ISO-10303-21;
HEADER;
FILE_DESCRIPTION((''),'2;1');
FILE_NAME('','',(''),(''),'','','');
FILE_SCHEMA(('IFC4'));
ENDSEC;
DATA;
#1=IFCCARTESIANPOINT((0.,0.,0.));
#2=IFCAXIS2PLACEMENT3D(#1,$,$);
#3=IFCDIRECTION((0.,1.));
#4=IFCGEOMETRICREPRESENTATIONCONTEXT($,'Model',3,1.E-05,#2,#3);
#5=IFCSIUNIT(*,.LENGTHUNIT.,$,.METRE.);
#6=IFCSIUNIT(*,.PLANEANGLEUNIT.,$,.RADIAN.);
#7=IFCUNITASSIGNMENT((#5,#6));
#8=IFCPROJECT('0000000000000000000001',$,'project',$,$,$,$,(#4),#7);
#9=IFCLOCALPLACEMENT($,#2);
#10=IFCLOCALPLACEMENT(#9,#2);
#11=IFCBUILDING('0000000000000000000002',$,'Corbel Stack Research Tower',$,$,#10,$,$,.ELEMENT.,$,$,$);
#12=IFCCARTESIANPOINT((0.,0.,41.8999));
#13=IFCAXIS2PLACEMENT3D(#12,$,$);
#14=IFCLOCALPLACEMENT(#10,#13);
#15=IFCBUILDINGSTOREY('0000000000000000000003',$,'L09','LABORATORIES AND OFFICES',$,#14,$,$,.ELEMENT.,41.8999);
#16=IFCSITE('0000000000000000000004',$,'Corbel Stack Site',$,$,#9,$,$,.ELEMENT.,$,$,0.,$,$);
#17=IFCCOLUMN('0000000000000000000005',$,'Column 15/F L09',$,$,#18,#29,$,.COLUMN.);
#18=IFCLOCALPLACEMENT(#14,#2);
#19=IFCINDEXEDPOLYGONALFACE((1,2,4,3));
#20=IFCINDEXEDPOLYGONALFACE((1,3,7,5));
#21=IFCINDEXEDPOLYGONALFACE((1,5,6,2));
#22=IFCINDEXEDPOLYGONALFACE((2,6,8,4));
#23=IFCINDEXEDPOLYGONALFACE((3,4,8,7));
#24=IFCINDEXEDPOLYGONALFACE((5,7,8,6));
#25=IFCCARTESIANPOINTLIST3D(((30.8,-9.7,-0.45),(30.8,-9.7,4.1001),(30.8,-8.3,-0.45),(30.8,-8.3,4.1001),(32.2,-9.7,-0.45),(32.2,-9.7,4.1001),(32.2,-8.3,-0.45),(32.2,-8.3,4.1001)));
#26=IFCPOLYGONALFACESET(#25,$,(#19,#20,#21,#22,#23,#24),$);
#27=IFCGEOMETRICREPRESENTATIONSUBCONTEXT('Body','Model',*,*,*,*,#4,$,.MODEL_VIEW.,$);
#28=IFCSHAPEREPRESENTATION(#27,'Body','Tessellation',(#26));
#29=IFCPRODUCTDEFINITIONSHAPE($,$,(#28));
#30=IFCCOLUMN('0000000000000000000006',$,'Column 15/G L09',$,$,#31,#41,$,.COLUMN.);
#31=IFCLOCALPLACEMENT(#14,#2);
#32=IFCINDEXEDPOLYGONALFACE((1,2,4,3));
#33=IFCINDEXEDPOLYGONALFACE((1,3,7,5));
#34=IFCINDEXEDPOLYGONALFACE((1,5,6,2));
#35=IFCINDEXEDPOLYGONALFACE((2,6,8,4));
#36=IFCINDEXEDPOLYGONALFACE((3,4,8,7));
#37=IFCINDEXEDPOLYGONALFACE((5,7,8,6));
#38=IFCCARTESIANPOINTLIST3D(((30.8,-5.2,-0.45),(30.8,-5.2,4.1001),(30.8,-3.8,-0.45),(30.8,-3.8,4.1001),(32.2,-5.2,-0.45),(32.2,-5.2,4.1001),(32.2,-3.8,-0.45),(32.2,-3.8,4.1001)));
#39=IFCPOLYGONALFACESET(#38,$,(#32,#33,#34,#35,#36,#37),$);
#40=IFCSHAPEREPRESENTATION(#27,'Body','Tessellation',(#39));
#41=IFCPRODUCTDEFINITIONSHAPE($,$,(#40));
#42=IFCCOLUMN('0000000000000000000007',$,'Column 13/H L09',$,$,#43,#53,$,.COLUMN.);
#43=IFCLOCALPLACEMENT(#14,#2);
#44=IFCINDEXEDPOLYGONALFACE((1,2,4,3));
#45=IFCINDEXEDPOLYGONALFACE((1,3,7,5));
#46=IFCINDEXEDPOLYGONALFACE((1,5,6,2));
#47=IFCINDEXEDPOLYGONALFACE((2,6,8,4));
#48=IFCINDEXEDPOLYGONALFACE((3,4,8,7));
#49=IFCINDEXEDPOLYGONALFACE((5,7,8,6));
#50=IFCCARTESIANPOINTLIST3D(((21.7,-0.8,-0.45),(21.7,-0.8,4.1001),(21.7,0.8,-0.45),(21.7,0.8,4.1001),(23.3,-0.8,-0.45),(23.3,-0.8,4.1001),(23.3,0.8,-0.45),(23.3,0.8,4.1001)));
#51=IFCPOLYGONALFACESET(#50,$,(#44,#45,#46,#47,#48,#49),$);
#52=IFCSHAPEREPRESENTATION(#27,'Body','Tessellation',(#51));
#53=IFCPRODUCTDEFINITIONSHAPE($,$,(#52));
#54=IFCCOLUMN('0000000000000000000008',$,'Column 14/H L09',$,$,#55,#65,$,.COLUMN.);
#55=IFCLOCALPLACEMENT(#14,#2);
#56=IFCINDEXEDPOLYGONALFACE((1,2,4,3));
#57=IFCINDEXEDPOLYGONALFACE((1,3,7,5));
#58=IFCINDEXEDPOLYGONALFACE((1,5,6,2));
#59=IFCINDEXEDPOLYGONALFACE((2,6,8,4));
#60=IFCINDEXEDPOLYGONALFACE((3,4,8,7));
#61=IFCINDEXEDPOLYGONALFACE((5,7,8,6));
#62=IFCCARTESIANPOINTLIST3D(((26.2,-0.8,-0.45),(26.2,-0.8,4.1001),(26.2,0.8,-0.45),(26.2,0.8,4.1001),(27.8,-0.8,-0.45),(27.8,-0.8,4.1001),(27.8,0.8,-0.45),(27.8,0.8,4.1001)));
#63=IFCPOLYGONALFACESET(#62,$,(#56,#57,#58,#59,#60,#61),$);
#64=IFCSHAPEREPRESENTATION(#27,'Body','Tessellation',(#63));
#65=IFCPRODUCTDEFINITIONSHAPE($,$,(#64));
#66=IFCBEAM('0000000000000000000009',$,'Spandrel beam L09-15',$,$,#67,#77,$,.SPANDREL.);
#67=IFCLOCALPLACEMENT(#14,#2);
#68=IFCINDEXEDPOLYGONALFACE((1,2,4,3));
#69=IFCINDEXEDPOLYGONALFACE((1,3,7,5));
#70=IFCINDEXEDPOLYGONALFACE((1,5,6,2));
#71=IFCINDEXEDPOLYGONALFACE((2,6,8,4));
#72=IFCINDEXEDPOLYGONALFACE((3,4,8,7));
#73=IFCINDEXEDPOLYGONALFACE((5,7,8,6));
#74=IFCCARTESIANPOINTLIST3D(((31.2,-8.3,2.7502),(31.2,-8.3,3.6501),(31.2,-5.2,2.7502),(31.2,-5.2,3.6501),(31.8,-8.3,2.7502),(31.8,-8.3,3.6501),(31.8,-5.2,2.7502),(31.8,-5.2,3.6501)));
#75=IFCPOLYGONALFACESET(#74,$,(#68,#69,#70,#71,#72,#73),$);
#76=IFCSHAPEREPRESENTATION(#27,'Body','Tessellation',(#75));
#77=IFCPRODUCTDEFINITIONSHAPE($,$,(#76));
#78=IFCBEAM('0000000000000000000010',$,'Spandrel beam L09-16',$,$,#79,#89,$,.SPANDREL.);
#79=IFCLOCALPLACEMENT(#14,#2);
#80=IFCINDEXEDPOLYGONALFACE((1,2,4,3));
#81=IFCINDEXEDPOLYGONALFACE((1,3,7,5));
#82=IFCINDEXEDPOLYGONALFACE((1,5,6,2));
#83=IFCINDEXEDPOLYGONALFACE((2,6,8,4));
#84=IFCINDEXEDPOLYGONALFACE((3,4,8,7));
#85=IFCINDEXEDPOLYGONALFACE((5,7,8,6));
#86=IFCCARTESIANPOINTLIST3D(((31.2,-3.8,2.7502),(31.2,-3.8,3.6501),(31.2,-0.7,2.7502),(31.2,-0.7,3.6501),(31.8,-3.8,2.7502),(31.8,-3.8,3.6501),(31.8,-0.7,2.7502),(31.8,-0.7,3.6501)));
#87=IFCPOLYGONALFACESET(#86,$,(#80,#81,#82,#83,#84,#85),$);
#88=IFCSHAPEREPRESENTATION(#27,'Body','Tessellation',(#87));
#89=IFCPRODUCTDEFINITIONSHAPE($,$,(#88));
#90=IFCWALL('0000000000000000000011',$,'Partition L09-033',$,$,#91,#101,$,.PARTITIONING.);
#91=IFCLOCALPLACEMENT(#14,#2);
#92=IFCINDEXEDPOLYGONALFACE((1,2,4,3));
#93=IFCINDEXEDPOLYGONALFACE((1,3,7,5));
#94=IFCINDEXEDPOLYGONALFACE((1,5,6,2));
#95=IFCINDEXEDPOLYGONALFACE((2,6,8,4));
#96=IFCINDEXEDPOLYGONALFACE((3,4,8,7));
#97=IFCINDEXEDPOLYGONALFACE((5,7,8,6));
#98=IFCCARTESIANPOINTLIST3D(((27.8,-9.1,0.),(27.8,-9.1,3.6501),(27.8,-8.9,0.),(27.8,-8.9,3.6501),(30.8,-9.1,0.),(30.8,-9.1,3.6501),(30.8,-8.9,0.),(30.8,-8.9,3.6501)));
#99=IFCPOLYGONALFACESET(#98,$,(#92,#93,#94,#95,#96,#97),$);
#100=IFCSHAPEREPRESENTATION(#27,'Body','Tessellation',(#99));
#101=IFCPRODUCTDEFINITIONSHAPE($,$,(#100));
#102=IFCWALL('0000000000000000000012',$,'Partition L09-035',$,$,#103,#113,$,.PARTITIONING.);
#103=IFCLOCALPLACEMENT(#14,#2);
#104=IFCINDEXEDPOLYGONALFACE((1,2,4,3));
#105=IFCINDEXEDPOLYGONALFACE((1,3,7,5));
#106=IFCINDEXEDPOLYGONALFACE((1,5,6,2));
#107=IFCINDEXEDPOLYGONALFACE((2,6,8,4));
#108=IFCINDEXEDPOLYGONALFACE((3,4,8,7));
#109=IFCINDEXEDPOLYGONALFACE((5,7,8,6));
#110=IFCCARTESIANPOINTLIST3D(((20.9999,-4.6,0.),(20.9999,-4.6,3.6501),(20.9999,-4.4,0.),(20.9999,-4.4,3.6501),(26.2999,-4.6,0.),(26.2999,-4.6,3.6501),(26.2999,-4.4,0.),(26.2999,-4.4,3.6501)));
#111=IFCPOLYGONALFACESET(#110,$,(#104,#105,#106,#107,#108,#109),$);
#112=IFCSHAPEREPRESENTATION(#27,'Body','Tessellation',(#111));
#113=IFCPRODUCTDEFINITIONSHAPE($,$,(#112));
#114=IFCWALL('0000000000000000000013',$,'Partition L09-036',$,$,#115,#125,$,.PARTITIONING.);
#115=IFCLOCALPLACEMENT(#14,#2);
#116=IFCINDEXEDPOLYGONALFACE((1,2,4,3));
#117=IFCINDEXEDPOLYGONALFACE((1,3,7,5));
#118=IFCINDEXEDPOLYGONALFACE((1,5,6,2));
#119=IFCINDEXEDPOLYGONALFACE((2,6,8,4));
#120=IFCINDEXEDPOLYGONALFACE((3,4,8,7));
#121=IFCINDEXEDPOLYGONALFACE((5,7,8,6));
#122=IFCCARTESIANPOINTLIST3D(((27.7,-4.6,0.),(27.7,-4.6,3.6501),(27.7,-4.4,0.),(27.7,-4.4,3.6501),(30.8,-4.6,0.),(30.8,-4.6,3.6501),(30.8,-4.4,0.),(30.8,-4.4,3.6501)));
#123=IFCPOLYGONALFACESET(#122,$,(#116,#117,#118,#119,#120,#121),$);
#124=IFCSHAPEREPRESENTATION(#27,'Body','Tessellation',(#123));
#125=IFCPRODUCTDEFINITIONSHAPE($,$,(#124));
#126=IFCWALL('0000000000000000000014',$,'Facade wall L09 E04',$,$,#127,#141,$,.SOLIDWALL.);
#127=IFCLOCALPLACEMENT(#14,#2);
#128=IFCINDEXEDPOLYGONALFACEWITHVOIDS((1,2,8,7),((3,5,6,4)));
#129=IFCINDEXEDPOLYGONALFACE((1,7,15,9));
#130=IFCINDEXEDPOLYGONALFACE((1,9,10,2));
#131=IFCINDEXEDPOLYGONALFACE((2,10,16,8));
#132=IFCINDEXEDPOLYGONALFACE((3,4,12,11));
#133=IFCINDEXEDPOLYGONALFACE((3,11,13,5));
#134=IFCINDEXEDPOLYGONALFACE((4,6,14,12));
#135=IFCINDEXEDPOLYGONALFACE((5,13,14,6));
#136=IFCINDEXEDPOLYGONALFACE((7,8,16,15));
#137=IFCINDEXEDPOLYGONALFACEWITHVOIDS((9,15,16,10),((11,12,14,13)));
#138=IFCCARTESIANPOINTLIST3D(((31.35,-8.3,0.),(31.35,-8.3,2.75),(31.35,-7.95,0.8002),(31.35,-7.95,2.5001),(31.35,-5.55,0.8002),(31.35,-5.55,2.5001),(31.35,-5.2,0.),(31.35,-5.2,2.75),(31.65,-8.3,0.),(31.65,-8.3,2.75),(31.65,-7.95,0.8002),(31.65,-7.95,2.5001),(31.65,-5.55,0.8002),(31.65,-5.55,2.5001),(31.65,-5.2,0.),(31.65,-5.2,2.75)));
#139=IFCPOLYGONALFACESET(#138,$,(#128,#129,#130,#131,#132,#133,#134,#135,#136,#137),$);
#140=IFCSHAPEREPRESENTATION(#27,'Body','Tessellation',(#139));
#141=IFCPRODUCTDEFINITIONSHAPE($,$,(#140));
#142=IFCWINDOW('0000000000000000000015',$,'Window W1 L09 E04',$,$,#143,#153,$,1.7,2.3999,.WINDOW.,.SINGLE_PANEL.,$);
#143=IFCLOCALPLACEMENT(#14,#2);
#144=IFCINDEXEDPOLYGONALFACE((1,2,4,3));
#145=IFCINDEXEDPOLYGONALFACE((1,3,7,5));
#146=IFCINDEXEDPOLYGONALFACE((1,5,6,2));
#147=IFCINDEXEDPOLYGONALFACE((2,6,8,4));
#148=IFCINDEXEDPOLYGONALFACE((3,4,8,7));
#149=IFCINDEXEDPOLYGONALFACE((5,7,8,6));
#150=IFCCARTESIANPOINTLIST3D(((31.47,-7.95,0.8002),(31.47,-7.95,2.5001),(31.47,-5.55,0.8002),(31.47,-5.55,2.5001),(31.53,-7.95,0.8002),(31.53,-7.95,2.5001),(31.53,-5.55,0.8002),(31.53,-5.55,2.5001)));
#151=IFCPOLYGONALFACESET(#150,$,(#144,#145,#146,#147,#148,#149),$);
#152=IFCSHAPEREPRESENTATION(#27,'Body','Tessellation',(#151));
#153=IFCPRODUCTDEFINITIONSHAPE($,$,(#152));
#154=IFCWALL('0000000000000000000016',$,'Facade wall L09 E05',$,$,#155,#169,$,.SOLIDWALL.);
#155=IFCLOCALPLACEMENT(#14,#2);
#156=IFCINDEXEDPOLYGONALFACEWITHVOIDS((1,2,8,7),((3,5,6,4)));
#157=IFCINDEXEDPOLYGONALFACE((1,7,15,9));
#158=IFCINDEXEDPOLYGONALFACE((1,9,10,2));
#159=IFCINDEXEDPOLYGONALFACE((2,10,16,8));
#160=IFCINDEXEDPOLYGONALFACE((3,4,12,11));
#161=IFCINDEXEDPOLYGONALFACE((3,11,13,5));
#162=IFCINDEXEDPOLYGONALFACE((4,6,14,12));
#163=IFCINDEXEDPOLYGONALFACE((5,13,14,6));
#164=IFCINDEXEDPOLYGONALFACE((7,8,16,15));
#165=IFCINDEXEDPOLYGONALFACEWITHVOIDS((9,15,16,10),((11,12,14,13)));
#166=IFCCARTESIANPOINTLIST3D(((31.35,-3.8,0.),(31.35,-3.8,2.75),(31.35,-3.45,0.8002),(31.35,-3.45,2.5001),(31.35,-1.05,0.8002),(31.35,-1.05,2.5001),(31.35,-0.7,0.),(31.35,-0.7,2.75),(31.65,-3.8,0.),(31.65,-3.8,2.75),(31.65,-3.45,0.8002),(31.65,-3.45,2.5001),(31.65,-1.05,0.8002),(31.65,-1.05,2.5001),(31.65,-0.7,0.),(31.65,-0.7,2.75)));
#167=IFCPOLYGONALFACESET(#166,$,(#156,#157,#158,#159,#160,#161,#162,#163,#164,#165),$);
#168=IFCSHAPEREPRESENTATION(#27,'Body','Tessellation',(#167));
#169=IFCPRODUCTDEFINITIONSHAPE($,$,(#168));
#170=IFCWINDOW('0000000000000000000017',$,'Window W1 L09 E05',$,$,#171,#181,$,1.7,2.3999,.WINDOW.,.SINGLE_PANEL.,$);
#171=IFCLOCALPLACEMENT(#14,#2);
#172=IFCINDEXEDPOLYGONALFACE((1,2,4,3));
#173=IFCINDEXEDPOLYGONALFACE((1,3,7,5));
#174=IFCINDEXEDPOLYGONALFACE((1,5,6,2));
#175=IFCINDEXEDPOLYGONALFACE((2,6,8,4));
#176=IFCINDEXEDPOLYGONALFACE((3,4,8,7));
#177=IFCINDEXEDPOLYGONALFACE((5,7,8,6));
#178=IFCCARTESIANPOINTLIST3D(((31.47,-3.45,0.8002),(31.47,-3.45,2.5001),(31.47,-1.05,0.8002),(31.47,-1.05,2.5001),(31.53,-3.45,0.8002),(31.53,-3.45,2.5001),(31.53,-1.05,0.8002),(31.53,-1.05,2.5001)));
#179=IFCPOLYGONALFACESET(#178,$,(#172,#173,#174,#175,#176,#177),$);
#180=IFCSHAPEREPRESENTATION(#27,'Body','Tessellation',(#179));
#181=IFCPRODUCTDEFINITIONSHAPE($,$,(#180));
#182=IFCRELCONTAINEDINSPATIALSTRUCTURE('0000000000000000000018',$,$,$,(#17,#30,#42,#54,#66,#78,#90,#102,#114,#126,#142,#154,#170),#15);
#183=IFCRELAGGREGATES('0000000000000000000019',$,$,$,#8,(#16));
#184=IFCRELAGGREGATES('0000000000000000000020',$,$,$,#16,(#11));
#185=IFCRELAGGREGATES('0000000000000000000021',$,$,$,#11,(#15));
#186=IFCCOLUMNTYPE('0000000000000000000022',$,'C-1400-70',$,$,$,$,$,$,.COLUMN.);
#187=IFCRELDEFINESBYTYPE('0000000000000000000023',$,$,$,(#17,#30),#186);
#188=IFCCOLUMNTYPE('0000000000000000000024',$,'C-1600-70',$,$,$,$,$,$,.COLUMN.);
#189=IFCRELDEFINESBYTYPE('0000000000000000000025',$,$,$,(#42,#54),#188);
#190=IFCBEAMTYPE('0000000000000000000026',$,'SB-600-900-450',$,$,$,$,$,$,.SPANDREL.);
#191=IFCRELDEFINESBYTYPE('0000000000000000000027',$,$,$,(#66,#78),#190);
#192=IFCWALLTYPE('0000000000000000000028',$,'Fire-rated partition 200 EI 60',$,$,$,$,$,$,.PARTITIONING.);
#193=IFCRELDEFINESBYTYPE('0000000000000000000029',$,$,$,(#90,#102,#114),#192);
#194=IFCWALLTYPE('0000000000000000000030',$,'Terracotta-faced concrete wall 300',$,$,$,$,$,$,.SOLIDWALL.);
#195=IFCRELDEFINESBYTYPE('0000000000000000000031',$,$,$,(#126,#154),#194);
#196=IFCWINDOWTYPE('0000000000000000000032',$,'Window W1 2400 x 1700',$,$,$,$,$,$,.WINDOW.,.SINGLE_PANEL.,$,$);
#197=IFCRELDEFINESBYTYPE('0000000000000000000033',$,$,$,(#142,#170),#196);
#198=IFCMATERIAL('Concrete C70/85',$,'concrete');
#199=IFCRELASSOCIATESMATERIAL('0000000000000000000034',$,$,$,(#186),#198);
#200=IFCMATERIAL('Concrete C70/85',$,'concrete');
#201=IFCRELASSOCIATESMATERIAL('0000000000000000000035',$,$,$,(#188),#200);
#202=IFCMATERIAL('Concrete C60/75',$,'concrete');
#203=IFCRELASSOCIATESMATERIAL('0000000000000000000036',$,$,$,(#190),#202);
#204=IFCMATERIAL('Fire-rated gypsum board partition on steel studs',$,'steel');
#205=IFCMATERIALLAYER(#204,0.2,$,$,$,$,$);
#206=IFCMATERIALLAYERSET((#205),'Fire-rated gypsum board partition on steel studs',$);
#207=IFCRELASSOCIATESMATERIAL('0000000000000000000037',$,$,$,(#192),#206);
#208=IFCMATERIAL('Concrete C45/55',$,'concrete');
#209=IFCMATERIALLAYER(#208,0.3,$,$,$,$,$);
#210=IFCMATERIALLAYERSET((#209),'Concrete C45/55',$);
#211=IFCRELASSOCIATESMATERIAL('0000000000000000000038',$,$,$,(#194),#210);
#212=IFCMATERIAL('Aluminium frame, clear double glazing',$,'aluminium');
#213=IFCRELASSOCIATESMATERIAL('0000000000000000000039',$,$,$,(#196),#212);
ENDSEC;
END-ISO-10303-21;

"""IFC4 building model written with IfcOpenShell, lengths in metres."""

from ifc_helpers import new_model, si_unit, direction, frame, frame_2d, origin, origin_2d, place, context, subcontext, project, spatial, rectangle, extrude, material, layer, layer_set, material_profile, profile_set, type_object, element, fill, save


model = new_model("IFC4")

# Units and contexts
model_context = context("Model", 3, precision=1e-05, world=origin(), true_north=direction((0.0, 1.0)))
body_context = subcontext(model_context, "Body", "Model", "MODEL_VIEW")
ifc_project = project(units=[si_unit("LENGTHUNIT", "METRE"), si_unit("PLANEANGLEUNIT", "RADIAN")], contexts=[model_context])

# Site, building, storey
site_placement = place(None, origin())
site = spatial("IfcSite", under=ifc_project, at=site_placement, Name="Corbel Stack Site", CompositionType="ELEMENT", RefElevation=0.0)
building_placement = place(site_placement, origin())
building = spatial("IfcBuilding", under=site, at=building_placement, Name="Corbel Stack Research Tower", CompositionType="ELEMENT")
storey_placement = place(building_placement, frame((0.0, 0.0, 41.8999)))
storey = spatial("IfcBuildingStorey", under=building, at=storey_placement, Name="L09", Description="LABORATORIES AND OFFICES", CompositionType="ELEMENT", Elevation=41.8999)

# Columns
ifc_material_1 = material(Name="Concrete C70/85", Category="concrete")
ifc_material_profile_1 = material_profile(ifc_material_1, rectangle(XDim=1.3999, YDim=1.3999, at=origin_2d()), Name="RC 1400 x 1400")
ifc_profile_set_1 = profile_set([ifc_material_profile_1], Name="Concrete C70/85")
column_type_1 = type_object("IfcColumnType", Name="C-1400-70", PredefinedType="COLUMN", material=ifc_profile_set_1)
for number, where, z_axis, x_axis, name in (
    (1, (31.5, -9.0, -0.45), (0.0, 0.0, 1.0), (1.0, 0.0, 0.0), "Column 15/F L09"),
    (2, (31.5, -4.5, -0.45), (0.0, 0.0, 1.0), (1.0, 0.0, 0.0), "Column 15/G L09"),
):
    element("IfcColumn", number, at=place(storey_placement, frame(where, z_axis=z_axis, x_axis=x_axis)), inside=storey, type_object=column_type_1, Name=name, PredefinedType="COLUMN", context=body_context, shape_type="SweptSolid", body=[
        extrude(rectangle(XDim=1.3999, YDim=1.3999, at=origin_2d()), origin(), (0.0, 0.0, 1.0), 4.55),
    ])
ifc_material_2 = material(Name="Concrete C70/85", Category="concrete")
ifc_material_profile_2 = material_profile(ifc_material_2, rectangle(XDim=1.6001, YDim=1.6001, at=origin_2d()), Name="RC 1600 x 1600")
ifc_profile_set_2 = profile_set([ifc_material_profile_2], Name="Concrete C70/85")
column_type_2 = type_object("IfcColumnType", Name="C-1600-70", PredefinedType="COLUMN", material=ifc_profile_set_2)
for number, where, z_axis, x_axis, name in (
    (3, (22.5, 0.0, -0.45), (0.0, 0.0, 1.0), (1.0, 0.0, 0.0), "Column 13/H L09"),
    (4, (27.0, 0.0, -0.45), (0.0, 0.0, 1.0), (1.0, 0.0, 0.0), "Column 14/H L09"),
):
    element("IfcColumn", number, at=place(storey_placement, frame(where, z_axis=z_axis, x_axis=x_axis)), inside=storey, type_object=column_type_2, Name=name, PredefinedType="COLUMN", context=body_context, shape_type="SweptSolid", body=[
        extrude(rectangle(XDim=1.6001, YDim=1.6001, at=origin_2d()), origin(), (0.0, 0.0, 1.0), 4.55),
    ])

# Beams
ifc_material_3 = material(Name="Concrete C60/75", Category="concrete")
ifc_material_profile_3 = material_profile(ifc_material_3, rectangle(XDim=0.6001, YDim=0.8999, at=origin_2d()), Name="RC 600 x 900")
ifc_profile_set_3 = profile_set([ifc_material_profile_3], Name="Concrete C60/75")
beam_type = type_object("IfcBeamType", Name="SB-600-900-450", PredefinedType="SPANDREL", material=ifc_profile_set_3)
for number, where, z_axis, x_axis, name in (
    (5, (31.5, -8.3, 3.2002), (0.0, 1.0, 0.0), (-1.0, 0.0, 0.0), "Spandrel beam L09-15"),
    (6, (31.5, -3.8, 3.2002), (0.0, 1.0, 0.0), (-1.0, 0.0, 0.0), "Spandrel beam L09-16"),
):
    element("IfcBeam", number, at=place(storey_placement, frame(where, z_axis=z_axis, x_axis=x_axis)), inside=storey, type_object=beam_type, Name=name, PredefinedType="SPANDREL", context=body_context, shape_type="SweptSolid", body=[
        extrude(rectangle(XDim=0.6001, YDim=0.8999, at=origin_2d()), origin(), (0.0, 0.0, 1.0), 3.1001),
    ])

# Walls
ifc_material_4 = material(Name="Fire-rated gypsum board partition on steel studs", Category="steel")
ifc_layer_1 = layer(ifc_material_4, 0.2)
ifc_layer_set_1 = layer_set([ifc_layer_1], Name="Fire-rated gypsum board partition on steel studs")
wall_type_1 = type_object("IfcWallType", Name="Fire-rated partition 200 EI 60", PredefinedType="PARTITIONING", material=ifc_layer_set_1)
wall_1_placement = place(storey_placement, frame((27.8, -9.0, 0.0), z_axis=(0.0, 0.0, 1.0), x_axis=(1.0, 0.0, 0.0)))
element("IfcWall", 7, at=wall_1_placement, inside=storey, type_object=wall_type_1, Name="Partition L09-033", PredefinedType="PARTITIONING", context=body_context, shape_type="SweptSolid", body=[
    extrude(rectangle(XDim=3.0, YDim=0.2, at=frame_2d((1.5, 0.0))), origin(), (0.0, 0.0, 1.0), 3.6501),
])
wall_2_placement = place(storey_placement, frame((21.0, -4.5, 0.0), z_axis=(0.0, 0.0, 1.0), x_axis=(1.0, 0.0, 0.0)))
element("IfcWall", 8, at=wall_2_placement, inside=storey, type_object=wall_type_1, Name="Partition L09-035", PredefinedType="PARTITIONING", context=body_context, shape_type="SweptSolid", body=[
    extrude(rectangle(XDim=5.3, YDim=0.2, at=frame_2d((2.6499, 0.0))), origin(), (0.0, 0.0, 1.0), 3.6501),
])
wall_3_placement = place(storey_placement, frame((27.7, -4.5, 0.0), z_axis=(0.0, 0.0, 1.0), x_axis=(1.0, 0.0, 0.0)))
element("IfcWall", 9, at=wall_3_placement, inside=storey, type_object=wall_type_1, Name="Partition L09-036", PredefinedType="PARTITIONING", context=body_context, shape_type="SweptSolid", body=[
    extrude(rectangle(XDim=3.1001, YDim=0.2, at=frame_2d((1.55, 0.0))), origin(), (0.0, 0.0, 1.0), 3.6501),
])

# Walls, openings, windows
ifc_material_5 = material(Name="Concrete C45/55", Category="concrete")
ifc_layer_2 = layer(ifc_material_5, 0.3)
ifc_layer_set_2 = layer_set([ifc_layer_2], Name="Concrete C45/55")
wall_type_2 = type_object("IfcWallType", Name="Terracotta-faced concrete wall 300", PredefinedType="SOLIDWALL", material=ifc_layer_set_2)
wall_4_placement = place(storey_placement, frame((31.5, -5.2, 0.0), z_axis=(0.0, 0.0, 1.0), x_axis=(0.0, -1.0, 0.0)))
wall_4 = element("IfcWall", 10, at=wall_4_placement, inside=storey, type_object=wall_type_2, Name="Facade wall L09 E04", PredefinedType="SOLIDWALL", context=body_context, shape_type="SweptSolid", body=[
    extrude(rectangle(XDim=3.1001, YDim=0.3, at=frame_2d((1.55, 0.0))), origin(), (0.0, 0.0, 1.0), 2.75),
])
opening_1_placement = place(wall_4_placement, frame((0.3501, 0.0, 0.8)))
opening_1 = element("IfcOpeningElement", 11, at=opening_1_placement, cuts=wall_4, PredefinedType="OPENING", context=body_context, shape_type="SweptSolid", body=[
    extrude(rectangle(XDim=2.3999, YDim=1.7, at=frame_2d((1.2, 0.8501))), frame((0.0, 0.1599, 0.0), z_axis=(0.0, -1.0, 0.0), x_axis=(1.0, 0.0, 0.0)), (0.0, 0.0, 1.0), 0.3201),
])
ifc_material_6 = material(Name="Aluminium frame, clear double glazing", Category="aluminium")
window_type = type_object("IfcWindowType", Name="Window W1 2400 x 1700", PartitioningType="SINGLE_PANEL", PredefinedType="WINDOW", material=ifc_material_6)
window_1_placement = place(opening_1_placement, origin())
window_1 = element("IfcWindow", 12, at=window_1_placement, inside=storey, type_object=window_type, Name="Window W1 L09 E04", OverallHeight=1.7, OverallWidth=2.3999, PartitioningType="SINGLE_PANEL", PredefinedType="WINDOW", context=body_context, shape_type="SweptSolid", body=[
    extrude(rectangle(XDim=2.3999, YDim=1.7, at=frame_2d((1.2, 0.8501))), frame((0.0, 0.03, 0.0), z_axis=(0.0, -1.0, 0.0), x_axis=(1.0, 0.0, 0.0)), (0.0, 0.0, 1.0), 0.0601),
])
fill(opening_1, window_1)
wall_5_placement = place(storey_placement, frame((31.5, -0.7, 0.0), z_axis=(0.0, 0.0, 1.0), x_axis=(0.0, -1.0, 0.0)))
wall_5 = element("IfcWall", 13, at=wall_5_placement, inside=storey, type_object=wall_type_2, Name="Facade wall L09 E05", PredefinedType="SOLIDWALL", context=body_context, shape_type="SweptSolid", body=[
    extrude(rectangle(XDim=3.1001, YDim=0.3, at=frame_2d((1.55, 0.0))), origin(), (0.0, 0.0, 1.0), 2.75),
])
opening_2_placement = place(wall_5_placement, frame((0.3501, 0.0, 0.8)))
opening_2 = element("IfcOpeningElement", 14, at=opening_2_placement, cuts=wall_5, PredefinedType="OPENING", context=body_context, shape_type="SweptSolid", body=[
    extrude(rectangle(XDim=2.3999, YDim=1.7, at=frame_2d((1.2, 0.8501))), frame((0.0, 0.1599, 0.0), z_axis=(0.0, -1.0, 0.0), x_axis=(1.0, 0.0, 0.0)), (0.0, 0.0, 1.0), 0.3201),
])
window_2_placement = place(opening_2_placement, origin())
window_2 = element("IfcWindow", 15, at=window_2_placement, inside=storey, type_object=window_type, Name="Window W1 L09 E05", OverallHeight=1.7, OverallWidth=2.3999, PartitioningType="SINGLE_PANEL", PredefinedType="WINDOW", context=body_context, shape_type="SweptSolid", body=[
    extrude(rectangle(XDim=2.3999, YDim=1.7, at=frame_2d((1.2, 0.8501))), frame((0.0, 0.03, 0.0), z_axis=(0.0, -1.0, 0.0), x_axis=(1.0, 0.0, 0.0)), (0.0, 0.0, 1.0), 0.0601),
])
fill(opening_2, window_2)

save(model, "model.ifc")
